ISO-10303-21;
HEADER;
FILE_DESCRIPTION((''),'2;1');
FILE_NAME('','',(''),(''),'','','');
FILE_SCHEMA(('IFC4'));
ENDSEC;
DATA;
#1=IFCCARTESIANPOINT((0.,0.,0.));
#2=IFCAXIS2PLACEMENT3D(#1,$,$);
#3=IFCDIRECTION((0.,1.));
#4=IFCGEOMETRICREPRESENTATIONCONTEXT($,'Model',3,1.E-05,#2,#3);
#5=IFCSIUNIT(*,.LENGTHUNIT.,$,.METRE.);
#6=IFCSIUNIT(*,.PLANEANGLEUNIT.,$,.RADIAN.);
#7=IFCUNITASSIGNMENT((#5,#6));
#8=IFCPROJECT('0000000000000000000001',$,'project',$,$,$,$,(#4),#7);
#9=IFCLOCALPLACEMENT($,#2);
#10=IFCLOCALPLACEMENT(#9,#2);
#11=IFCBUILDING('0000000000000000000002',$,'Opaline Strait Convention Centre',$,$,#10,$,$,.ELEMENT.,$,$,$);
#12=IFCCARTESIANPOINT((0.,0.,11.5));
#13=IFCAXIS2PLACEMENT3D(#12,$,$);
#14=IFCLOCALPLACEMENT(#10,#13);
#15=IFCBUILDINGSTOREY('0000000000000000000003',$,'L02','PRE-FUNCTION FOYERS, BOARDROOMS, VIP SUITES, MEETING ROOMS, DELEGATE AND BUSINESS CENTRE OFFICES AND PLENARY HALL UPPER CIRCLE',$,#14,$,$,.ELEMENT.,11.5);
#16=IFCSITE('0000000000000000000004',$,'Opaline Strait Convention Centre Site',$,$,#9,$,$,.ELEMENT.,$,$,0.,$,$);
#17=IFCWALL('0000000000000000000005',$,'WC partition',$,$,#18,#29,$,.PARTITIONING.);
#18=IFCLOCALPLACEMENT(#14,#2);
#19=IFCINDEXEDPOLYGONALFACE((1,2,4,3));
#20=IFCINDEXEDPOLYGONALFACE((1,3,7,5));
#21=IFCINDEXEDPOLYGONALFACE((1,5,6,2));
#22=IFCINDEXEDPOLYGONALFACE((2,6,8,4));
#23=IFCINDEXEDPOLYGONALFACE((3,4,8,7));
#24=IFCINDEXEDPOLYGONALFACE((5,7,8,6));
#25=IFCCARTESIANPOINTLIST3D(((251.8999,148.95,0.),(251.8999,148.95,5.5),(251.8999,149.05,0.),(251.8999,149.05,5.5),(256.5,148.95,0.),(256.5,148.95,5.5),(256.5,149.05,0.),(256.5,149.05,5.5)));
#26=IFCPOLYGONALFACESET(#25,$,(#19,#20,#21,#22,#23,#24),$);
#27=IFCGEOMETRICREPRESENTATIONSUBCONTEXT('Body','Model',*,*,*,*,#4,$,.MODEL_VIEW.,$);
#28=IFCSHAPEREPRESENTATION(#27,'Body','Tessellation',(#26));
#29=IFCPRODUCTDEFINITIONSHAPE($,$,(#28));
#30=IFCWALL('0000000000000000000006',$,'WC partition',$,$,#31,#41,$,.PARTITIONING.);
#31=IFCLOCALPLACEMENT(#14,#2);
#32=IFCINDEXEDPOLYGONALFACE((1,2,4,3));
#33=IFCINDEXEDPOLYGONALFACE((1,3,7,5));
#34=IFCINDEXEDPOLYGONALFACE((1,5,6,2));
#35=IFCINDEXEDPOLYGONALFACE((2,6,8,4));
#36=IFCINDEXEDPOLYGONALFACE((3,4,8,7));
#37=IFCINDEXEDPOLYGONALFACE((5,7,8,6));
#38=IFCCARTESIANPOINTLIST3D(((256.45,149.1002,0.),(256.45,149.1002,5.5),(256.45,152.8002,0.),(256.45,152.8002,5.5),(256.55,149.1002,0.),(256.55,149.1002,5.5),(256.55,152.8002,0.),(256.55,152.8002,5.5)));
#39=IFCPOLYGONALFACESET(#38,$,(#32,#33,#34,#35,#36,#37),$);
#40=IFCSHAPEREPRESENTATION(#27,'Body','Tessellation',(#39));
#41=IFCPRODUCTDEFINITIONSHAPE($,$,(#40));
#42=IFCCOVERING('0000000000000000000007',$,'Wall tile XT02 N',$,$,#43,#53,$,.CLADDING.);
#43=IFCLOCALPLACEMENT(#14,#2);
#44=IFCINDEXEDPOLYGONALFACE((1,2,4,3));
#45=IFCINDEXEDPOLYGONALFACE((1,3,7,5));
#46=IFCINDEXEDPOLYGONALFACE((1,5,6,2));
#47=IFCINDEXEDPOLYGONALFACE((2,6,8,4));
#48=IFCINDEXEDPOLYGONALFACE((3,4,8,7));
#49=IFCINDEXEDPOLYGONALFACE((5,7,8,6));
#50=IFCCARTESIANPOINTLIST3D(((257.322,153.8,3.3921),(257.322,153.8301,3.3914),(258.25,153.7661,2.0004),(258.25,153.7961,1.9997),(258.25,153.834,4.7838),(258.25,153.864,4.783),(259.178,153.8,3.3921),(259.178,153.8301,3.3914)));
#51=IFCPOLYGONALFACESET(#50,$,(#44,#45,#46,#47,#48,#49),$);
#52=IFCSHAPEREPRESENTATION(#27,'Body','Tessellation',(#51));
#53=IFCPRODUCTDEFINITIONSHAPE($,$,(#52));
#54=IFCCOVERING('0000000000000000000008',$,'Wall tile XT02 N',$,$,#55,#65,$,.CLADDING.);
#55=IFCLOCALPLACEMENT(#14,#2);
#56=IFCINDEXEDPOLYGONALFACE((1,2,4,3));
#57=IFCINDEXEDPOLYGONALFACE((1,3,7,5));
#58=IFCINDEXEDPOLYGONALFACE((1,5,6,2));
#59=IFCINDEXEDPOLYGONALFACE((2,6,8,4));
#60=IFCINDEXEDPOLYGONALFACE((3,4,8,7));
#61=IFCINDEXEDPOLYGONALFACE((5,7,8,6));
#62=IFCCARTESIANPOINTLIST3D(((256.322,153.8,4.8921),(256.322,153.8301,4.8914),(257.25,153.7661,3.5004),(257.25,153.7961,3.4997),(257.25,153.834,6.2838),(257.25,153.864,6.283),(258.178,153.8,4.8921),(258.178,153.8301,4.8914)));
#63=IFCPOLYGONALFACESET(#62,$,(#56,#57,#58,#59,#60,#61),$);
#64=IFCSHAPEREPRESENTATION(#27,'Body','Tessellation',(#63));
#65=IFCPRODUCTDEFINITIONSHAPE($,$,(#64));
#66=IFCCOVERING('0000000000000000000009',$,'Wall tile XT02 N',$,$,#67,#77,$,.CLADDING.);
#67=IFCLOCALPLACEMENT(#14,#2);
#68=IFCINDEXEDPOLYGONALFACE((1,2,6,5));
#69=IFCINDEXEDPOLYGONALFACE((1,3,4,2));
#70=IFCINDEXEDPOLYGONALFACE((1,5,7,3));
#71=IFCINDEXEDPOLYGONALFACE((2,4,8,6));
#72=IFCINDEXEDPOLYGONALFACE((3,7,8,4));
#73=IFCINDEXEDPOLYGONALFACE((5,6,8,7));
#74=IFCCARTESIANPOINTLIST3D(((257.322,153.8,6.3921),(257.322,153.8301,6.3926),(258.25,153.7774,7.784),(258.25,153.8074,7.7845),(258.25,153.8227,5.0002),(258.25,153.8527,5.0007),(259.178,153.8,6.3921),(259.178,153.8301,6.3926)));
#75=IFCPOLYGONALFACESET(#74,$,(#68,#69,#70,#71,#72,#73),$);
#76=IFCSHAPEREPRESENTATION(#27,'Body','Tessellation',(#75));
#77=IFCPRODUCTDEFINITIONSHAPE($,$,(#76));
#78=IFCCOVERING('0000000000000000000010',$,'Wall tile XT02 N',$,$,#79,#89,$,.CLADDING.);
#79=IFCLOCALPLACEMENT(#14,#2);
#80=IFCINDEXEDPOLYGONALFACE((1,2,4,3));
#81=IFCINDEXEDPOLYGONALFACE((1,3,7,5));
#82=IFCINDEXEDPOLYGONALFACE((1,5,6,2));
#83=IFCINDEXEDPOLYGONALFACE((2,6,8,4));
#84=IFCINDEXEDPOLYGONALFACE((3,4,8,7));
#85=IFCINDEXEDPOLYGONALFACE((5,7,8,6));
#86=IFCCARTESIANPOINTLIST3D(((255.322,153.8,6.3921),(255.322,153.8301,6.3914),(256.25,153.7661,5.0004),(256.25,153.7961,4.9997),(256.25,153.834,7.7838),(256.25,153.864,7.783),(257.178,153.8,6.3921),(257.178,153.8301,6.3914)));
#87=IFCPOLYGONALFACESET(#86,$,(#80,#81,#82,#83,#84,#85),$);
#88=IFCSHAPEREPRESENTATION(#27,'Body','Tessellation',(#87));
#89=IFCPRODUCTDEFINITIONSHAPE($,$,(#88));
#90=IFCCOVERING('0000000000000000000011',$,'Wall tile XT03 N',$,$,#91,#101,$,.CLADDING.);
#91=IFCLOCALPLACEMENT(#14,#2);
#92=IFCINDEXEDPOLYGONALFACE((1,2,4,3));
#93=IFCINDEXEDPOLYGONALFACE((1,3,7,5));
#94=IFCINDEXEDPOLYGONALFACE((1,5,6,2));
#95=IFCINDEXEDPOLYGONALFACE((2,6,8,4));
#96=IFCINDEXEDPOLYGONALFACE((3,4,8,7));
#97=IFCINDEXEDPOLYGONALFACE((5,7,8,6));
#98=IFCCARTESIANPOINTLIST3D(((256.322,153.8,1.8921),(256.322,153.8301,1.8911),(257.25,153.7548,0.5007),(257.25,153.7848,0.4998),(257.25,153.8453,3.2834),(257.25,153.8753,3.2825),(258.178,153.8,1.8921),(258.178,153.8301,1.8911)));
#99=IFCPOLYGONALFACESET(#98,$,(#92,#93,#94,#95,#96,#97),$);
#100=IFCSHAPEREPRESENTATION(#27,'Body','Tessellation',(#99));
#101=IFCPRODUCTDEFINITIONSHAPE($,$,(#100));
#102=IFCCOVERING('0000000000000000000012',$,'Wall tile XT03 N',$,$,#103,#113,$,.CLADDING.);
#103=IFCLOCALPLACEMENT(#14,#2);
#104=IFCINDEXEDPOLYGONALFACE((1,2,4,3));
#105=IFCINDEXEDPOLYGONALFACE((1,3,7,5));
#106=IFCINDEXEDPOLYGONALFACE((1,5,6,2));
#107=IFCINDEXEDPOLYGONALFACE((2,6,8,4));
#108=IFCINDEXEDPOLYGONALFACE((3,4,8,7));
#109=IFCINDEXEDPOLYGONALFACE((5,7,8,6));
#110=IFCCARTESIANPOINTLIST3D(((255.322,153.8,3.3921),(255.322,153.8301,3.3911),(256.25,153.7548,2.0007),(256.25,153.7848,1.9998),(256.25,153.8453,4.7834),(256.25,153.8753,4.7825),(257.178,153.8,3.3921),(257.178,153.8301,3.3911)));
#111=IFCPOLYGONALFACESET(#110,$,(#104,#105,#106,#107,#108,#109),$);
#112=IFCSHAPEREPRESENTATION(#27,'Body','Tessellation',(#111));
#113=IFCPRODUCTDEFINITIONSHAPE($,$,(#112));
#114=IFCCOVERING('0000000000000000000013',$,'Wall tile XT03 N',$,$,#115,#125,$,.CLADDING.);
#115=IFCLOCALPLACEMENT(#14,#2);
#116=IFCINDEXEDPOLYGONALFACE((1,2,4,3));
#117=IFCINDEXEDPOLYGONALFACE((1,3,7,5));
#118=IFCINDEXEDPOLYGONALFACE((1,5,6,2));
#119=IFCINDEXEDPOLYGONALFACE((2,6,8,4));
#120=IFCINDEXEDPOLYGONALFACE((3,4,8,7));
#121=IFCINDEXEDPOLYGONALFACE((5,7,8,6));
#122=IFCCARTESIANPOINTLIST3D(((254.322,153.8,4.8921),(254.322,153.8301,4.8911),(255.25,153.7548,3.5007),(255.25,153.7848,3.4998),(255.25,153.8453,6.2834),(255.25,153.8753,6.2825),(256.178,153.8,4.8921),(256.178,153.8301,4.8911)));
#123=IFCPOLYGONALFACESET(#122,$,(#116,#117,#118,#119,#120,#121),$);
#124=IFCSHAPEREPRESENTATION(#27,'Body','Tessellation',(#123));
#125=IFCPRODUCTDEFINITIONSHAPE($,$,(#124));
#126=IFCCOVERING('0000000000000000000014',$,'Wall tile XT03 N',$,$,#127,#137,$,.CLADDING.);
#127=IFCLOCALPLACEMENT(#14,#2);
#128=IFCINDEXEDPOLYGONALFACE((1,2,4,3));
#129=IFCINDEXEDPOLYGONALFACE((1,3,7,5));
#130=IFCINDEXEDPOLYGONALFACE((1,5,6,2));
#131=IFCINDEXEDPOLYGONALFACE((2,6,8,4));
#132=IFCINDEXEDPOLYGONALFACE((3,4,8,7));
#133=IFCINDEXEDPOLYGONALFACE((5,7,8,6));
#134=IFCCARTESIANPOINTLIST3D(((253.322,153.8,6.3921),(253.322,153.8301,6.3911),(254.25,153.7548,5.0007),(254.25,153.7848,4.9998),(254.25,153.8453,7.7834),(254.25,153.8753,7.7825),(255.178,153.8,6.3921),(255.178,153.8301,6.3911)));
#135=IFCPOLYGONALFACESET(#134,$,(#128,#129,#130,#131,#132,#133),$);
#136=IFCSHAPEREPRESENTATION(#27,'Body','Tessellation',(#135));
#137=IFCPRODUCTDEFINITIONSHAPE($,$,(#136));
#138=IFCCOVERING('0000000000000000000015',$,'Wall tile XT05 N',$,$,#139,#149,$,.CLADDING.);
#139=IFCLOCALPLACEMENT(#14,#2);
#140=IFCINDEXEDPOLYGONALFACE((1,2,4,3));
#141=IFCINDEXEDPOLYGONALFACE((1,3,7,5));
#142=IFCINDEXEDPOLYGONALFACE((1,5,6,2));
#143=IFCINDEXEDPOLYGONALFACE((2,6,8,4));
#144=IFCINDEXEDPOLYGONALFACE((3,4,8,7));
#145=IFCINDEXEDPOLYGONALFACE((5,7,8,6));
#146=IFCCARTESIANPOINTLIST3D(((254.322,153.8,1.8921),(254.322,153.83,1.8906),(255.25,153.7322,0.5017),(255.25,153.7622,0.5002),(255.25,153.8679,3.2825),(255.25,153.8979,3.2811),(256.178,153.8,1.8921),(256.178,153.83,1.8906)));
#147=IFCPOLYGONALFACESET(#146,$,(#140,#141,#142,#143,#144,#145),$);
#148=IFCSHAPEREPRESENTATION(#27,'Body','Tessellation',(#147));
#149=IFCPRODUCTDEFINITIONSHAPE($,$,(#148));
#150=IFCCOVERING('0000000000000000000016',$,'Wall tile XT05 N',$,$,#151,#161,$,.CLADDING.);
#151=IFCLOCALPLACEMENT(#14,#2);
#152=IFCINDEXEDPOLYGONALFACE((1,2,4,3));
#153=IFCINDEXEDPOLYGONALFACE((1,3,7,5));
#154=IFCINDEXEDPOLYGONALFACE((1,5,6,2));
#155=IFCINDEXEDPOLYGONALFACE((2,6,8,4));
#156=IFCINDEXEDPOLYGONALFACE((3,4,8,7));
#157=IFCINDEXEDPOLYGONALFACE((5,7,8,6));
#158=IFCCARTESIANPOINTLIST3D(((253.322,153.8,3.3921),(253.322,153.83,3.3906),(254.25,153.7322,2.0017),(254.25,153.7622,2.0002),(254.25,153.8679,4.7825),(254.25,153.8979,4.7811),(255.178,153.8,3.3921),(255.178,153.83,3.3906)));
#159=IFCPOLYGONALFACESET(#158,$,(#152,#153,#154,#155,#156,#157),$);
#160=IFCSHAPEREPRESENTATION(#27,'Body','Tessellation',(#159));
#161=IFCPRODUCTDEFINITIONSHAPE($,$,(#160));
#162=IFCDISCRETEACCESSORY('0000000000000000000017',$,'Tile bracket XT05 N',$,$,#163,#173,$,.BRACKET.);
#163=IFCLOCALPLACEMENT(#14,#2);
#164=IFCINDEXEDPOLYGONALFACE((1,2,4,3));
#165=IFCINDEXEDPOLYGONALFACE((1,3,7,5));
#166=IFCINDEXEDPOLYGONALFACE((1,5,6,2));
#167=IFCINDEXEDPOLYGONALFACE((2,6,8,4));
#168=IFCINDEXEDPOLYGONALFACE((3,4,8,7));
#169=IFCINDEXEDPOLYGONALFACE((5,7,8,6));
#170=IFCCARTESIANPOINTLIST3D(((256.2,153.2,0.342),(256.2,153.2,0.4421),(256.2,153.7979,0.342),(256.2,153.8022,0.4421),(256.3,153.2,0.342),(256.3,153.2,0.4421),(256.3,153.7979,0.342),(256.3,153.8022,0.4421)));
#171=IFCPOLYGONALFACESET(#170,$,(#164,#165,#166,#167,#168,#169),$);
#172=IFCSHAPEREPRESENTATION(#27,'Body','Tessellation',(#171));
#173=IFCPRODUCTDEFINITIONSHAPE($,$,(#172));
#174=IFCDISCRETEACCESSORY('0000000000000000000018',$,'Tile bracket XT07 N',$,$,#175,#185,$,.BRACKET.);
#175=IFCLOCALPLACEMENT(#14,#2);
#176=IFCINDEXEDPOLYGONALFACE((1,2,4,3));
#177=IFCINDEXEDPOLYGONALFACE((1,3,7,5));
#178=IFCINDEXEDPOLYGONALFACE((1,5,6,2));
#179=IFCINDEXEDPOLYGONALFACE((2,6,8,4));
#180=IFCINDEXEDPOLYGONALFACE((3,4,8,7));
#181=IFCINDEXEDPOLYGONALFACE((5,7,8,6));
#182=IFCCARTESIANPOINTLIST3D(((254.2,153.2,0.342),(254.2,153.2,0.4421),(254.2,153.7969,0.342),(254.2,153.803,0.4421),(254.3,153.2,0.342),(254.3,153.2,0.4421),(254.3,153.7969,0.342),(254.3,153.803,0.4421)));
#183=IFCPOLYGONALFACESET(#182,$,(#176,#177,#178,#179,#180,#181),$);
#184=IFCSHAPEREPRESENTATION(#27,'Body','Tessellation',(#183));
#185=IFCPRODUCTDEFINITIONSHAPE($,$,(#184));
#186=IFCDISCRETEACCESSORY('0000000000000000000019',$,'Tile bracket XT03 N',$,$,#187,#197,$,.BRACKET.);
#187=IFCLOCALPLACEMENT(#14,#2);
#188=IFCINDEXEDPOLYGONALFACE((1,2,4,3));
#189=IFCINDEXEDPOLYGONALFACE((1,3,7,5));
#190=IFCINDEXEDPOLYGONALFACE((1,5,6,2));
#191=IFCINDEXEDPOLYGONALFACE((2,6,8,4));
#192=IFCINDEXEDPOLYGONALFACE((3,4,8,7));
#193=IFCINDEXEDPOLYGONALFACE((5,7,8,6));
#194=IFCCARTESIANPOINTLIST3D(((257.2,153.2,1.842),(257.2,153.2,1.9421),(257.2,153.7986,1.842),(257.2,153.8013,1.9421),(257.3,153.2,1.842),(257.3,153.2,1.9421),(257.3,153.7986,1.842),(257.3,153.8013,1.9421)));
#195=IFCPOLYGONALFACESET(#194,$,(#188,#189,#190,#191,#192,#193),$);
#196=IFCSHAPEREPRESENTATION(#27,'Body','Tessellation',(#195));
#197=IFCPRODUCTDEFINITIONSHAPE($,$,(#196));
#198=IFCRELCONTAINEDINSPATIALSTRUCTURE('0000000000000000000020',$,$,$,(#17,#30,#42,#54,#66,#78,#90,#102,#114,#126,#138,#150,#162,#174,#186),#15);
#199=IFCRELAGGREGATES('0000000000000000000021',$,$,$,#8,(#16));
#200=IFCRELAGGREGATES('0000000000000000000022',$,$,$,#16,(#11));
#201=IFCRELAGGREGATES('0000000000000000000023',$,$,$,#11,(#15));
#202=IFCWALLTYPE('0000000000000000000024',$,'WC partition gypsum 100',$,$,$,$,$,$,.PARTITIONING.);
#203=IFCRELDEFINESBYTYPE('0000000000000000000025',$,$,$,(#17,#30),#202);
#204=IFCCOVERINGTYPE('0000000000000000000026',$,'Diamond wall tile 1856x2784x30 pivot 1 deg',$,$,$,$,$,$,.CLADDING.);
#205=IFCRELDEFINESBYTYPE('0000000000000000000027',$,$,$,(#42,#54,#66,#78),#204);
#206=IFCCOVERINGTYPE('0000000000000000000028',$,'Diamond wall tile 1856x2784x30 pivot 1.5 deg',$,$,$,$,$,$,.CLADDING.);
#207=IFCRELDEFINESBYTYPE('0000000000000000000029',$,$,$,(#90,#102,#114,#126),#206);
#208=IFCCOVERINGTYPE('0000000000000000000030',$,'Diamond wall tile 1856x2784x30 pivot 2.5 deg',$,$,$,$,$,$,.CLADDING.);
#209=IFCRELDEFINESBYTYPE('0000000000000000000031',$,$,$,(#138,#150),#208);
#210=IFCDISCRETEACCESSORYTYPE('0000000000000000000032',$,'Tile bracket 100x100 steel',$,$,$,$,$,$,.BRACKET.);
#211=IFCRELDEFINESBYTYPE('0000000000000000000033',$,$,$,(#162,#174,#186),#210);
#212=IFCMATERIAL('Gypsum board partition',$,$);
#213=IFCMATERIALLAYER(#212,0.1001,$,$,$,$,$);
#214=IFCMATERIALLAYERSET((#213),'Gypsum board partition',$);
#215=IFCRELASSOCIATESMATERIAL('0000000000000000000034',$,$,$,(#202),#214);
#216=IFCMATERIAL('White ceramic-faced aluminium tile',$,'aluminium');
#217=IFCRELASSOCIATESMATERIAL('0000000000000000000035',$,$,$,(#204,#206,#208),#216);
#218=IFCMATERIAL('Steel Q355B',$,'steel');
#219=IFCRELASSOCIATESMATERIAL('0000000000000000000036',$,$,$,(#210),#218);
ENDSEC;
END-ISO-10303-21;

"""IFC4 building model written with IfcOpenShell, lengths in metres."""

from ifc_helpers import new_model, si_unit, direction, frame, frame_2d, origin, place, context, subcontext, project, spatial, polyline, rectangle, outline, extrude, material, layer, layer_set, material_profile, profile_set, type_object, element, save


model = new_model("IFC4")

# Units and contexts
model_context = context("Model", 3, precision=1e-05, world=origin(), true_north=direction((0.0, 1.0)))
body_context = subcontext(model_context, "Body", "Model", "MODEL_VIEW")
ifc_project = project(units=[si_unit("LENGTHUNIT", "METRE"), si_unit("PLANEANGLEUNIT", "RADIAN")], contexts=[model_context])

# Site, building, storey
site_placement = place(None, origin())
site = spatial("IfcSite", under=ifc_project, at=site_placement, Name="Opaline Strait Convention Centre Site", CompositionType="ELEMENT", RefElevation=0.0)
building_placement = place(site_placement, origin())
building = spatial("IfcBuilding", under=site, at=building_placement, Name="Opaline Strait Convention Centre", CompositionType="ELEMENT")
storey_placement = place(building_placement, frame((0.0, 0.0, 11.5)))
storey = spatial("IfcBuildingStorey", under=building, at=storey_placement, Name="L02", Description="PRE-FUNCTION FOYERS, BOARDROOMS, VIP SUITES, MEETING ROOMS, DELEGATE AND BUSINESS CENTRE OFFICES AND PLENARY HALL UPPER CIRCLE", CompositionType="ELEMENT", Elevation=11.5)

# Walls
ifc_material_1 = material(Name="Gypsum board partition")
ifc_layer = layer(ifc_material_1, 0.1001)
ifc_layer_set = layer_set([ifc_layer], Name="Gypsum board partition")
wall_type = type_object("IfcWallType", Name="WC partition gypsum 100", PredefinedType="PARTITIONING", material=ifc_layer_set)
wall_1_placement = place(storey_placement, frame((256.5, 149.0, 0.0), z_axis=(0.0, 0.0, 1.0), x_axis=(-1.0, 0.0, 0.0)))
element("IfcWall", 1, at=wall_1_placement, inside=storey, type_object=wall_type, Name="WC partition", PredefinedType="PARTITIONING", context=body_context, shape_type="SweptSolid", body=[
    extrude(rectangle(XDim=4.6001, YDim=0.1001, at=frame_2d((2.3, 0.0))), origin(), (0.0, 0.0, 1.0), 5.5),
])
wall_2_placement = place(storey_placement, frame((256.5, 149.1001, 0.0), z_axis=(0.0, 0.0, 1.0), x_axis=(0.0, 1.0, 0.0)))
element("IfcWall", 2, at=wall_2_placement, inside=storey, type_object=wall_type, Name="WC partition", PredefinedType="PARTITIONING", context=body_context, shape_type="SweptSolid", body=[
    extrude(rectangle(XDim=3.7, YDim=0.1001, at=frame_2d((1.8501, 0.0))), origin(), (0.0, 0.0, 1.0), 5.5),
])

# Coverings
ifc_material_2 = material(Name="White ceramic-faced aluminium tile", Category="aluminium")
ifc_material_profile_1 = material_profile(ifc_material_2, outline(polyline([(0.928, 0.0), (0.0, 1.3921), (-0.928, 0.0), (0.0, -1.3921), (0.928, 0.0)])), Name="Diamond tile 1856x2784")
ifc_profile_set_1 = profile_set([ifc_material_profile_1], Name="White ceramic-faced aluminium tile")
covering_type_1 = type_object("IfcCoveringType", Name="Diamond wall tile 1856x2784x30 pivot 1 deg", PredefinedType="CLADDING", material=ifc_profile_set_1)
for number, where, z_axis, x_axis, name in (
    (3, (258.25, 153.8, 3.3921), (0.0, 0.999703, -0.024383), (-1.0, 0.0, 0.0), "Wall tile XT02 N"),
    (4, (257.25, 153.8, 4.8921), (0.0, 0.999703, -0.024383), (-1.0, 0.0, 0.0), "Wall tile XT02 N"),
    (5, (258.25, 153.8, 6.3921), (0.0, 0.999868, 0.016258), (-1.0, 0.0, 0.0), "Wall tile XT02 N"),
    (6, (256.25, 153.8, 6.3921), (0.0, 0.999703, -0.024383), (-1.0, 0.0, 0.0), "Wall tile XT02 N"),
):
    element("IfcCovering", number, at=place(storey_placement, frame(where, z_axis=z_axis, x_axis=x_axis)), inside=storey, type_object=covering_type_1, Name=name, PredefinedType="CLADDING", context=body_context, shape_type="SweptSolid", body=[
        extrude(outline(polyline([(0.928, 0.0), (0.0, 1.3921), (-0.928, 0.0), (0.0, -1.3921), (0.928, 0.0)])), origin(), (0.0, 0.0, 1.0), 0.03),
    ])
ifc_material_profile_2 = material_profile(ifc_material_2, outline(polyline([(0.928, 0.0), (0.0, 1.3921), (-0.928, 0.0), (0.0, -1.3921), (0.928, 0.0)])), Name="Diamond tile 1856x2784")
ifc_profile_set_2 = profile_set([ifc_material_profile_2], Name="White ceramic-faced aluminium tile")
covering_type_2 = type_object("IfcCoveringType", Name="Diamond wall tile 1856x2784x30 pivot 1.5 deg", PredefinedType="CLADDING", material=ifc_profile_set_2)
for number, where, z_axis, x_axis, name in (
    (7, (257.25, 153.8, 1.8921), (0.0, 0.999472, -0.032503), (-1.0, 0.0, 0.0), "Wall tile XT03 N"),
    (8, (256.25, 153.8, 3.3921), (0.0, 0.999472, -0.032503), (-1.0, 0.0, 0.0), "Wall tile XT03 N"),
    (9, (255.25, 153.8, 4.8921), (0.0, 0.999472, -0.032503), (-1.0, 0.0, 0.0), "Wall tile XT03 N"),
    (10, (254.25, 153.8, 6.3921), (0.0, 0.999472, -0.032503), (-1.0, 0.0, 0.0), "Wall tile XT03 N"),
):
    element("IfcCovering", number, at=place(storey_placement, frame(where, z_axis=z_axis, x_axis=x_axis)), inside=storey, type_object=covering_type_2, Name=name, PredefinedType="CLADDING", context=body_context, shape_type="SweptSolid", body=[
        extrude(outline(polyline([(0.928, 0.0), (0.0, 1.3921), (-0.928, 0.0), (0.0, -1.3921), (0.928, 0.0)])), origin(), (0.0, 0.0, 1.0), 0.03),
    ])
ifc_material_profile_3 = material_profile(ifc_material_2, outline(polyline([(0.928, 0.0), (0.0, 1.3921), (-0.928, 0.0), (0.0, -1.3921), (0.928, 0.0)])), Name="Diamond tile 1856x2784")
ifc_profile_set_3 = profile_set([ifc_material_profile_3], Name="White ceramic-faced aluminium tile")
covering_type_3 = type_object("IfcCoveringType", Name="Diamond wall tile 1856x2784x30 pivot 2.5 deg", PredefinedType="CLADDING", material=ifc_profile_set_3)
for number, where, z_axis, x_axis, name in (
    (11, (255.25, 153.8, 1.8921), (0.0, 0.998812, -0.048723), (-1.0, 0.0, 0.0), "Wall tile XT05 N"),
    (12, (254.25, 153.8, 3.3921), (0.0, 0.998812, -0.048723), (-1.0, 0.0, 0.0), "Wall tile XT05 N"),
):
    element("IfcCovering", number, at=place(storey_placement, frame(where, z_axis=z_axis, x_axis=x_axis)), inside=storey, type_object=covering_type_3, Name=name, PredefinedType="CLADDING", context=body_context, shape_type="SweptSolid", body=[
        extrude(outline(polyline([(0.928, 0.0), (0.0, 1.3921), (-0.928, 0.0), (0.0, -1.3921), (0.928, 0.0)])), origin(), (0.0, 0.0, 1.0), 0.03),
    ])

# Discrete accessories
ifc_material_3 = material(Name="Steel Q355B", Category="steel")
discrete_accessory_type = type_object("IfcDiscreteAccessoryType", Name="Tile bracket 100x100 steel", PredefinedType="BRACKET", material=ifc_material_3)
discrete_accessory_1_placement = place(storey_placement, frame((256.3, 153.2, 0.3921), z_axis=(-1.0, 0.0, 0.0), x_axis=(0.0, -1.0, 0.0)))
element("IfcDiscreteAccessory", 13, at=discrete_accessory_1_placement, inside=storey, type_object=discrete_accessory_type, Name="Tile bracket XT05 N", PredefinedType="BRACKET", context=body_context, shape_type="SweptSolid", body=[
    extrude(outline(polyline([(0.0, -0.05), (0.0, 0.05), (-0.6023, 0.05), (-0.5979, -0.05), (0.0, -0.05)])), origin(), (0.0, 0.0, 1.0), 0.1001),
])
discrete_accessory_2_placement = place(storey_placement, frame((254.3, 153.2, 0.3921), z_axis=(-1.0, 0.0, 0.0), x_axis=(0.0, -1.0, 0.0)))
element("IfcDiscreteAccessory", 14, at=discrete_accessory_2_placement, inside=storey, type_object=discrete_accessory_type, Name="Tile bracket XT07 N", PredefinedType="BRACKET", context=body_context, shape_type="SweptSolid", body=[
    extrude(outline(polyline([(0.0, -0.05), (0.0, 0.05), (-0.603, 0.05), (-0.5969, -0.05), (0.0, -0.05)])), origin(), (0.0, 0.0, 1.0), 0.1001),
])
discrete_accessory_3_placement = place(storey_placement, frame((257.3, 153.2, 1.8921), z_axis=(-1.0, 0.0, 0.0), x_axis=(0.0, -1.0, 0.0)))
element("IfcDiscreteAccessory", 15, at=discrete_accessory_3_placement, inside=storey, type_object=discrete_accessory_type, Name="Tile bracket XT03 N", PredefinedType="BRACKET", context=body_context, shape_type="SweptSolid", body=[
    extrude(outline(polyline([(0.0, -0.05), (0.0, 0.05), (-0.6013, 0.05), (-0.5986, -0.05), (0.0, -0.05)])), origin(), (0.0, 0.0, 1.0), 0.1001),
])

save(model, "model.ifc")
